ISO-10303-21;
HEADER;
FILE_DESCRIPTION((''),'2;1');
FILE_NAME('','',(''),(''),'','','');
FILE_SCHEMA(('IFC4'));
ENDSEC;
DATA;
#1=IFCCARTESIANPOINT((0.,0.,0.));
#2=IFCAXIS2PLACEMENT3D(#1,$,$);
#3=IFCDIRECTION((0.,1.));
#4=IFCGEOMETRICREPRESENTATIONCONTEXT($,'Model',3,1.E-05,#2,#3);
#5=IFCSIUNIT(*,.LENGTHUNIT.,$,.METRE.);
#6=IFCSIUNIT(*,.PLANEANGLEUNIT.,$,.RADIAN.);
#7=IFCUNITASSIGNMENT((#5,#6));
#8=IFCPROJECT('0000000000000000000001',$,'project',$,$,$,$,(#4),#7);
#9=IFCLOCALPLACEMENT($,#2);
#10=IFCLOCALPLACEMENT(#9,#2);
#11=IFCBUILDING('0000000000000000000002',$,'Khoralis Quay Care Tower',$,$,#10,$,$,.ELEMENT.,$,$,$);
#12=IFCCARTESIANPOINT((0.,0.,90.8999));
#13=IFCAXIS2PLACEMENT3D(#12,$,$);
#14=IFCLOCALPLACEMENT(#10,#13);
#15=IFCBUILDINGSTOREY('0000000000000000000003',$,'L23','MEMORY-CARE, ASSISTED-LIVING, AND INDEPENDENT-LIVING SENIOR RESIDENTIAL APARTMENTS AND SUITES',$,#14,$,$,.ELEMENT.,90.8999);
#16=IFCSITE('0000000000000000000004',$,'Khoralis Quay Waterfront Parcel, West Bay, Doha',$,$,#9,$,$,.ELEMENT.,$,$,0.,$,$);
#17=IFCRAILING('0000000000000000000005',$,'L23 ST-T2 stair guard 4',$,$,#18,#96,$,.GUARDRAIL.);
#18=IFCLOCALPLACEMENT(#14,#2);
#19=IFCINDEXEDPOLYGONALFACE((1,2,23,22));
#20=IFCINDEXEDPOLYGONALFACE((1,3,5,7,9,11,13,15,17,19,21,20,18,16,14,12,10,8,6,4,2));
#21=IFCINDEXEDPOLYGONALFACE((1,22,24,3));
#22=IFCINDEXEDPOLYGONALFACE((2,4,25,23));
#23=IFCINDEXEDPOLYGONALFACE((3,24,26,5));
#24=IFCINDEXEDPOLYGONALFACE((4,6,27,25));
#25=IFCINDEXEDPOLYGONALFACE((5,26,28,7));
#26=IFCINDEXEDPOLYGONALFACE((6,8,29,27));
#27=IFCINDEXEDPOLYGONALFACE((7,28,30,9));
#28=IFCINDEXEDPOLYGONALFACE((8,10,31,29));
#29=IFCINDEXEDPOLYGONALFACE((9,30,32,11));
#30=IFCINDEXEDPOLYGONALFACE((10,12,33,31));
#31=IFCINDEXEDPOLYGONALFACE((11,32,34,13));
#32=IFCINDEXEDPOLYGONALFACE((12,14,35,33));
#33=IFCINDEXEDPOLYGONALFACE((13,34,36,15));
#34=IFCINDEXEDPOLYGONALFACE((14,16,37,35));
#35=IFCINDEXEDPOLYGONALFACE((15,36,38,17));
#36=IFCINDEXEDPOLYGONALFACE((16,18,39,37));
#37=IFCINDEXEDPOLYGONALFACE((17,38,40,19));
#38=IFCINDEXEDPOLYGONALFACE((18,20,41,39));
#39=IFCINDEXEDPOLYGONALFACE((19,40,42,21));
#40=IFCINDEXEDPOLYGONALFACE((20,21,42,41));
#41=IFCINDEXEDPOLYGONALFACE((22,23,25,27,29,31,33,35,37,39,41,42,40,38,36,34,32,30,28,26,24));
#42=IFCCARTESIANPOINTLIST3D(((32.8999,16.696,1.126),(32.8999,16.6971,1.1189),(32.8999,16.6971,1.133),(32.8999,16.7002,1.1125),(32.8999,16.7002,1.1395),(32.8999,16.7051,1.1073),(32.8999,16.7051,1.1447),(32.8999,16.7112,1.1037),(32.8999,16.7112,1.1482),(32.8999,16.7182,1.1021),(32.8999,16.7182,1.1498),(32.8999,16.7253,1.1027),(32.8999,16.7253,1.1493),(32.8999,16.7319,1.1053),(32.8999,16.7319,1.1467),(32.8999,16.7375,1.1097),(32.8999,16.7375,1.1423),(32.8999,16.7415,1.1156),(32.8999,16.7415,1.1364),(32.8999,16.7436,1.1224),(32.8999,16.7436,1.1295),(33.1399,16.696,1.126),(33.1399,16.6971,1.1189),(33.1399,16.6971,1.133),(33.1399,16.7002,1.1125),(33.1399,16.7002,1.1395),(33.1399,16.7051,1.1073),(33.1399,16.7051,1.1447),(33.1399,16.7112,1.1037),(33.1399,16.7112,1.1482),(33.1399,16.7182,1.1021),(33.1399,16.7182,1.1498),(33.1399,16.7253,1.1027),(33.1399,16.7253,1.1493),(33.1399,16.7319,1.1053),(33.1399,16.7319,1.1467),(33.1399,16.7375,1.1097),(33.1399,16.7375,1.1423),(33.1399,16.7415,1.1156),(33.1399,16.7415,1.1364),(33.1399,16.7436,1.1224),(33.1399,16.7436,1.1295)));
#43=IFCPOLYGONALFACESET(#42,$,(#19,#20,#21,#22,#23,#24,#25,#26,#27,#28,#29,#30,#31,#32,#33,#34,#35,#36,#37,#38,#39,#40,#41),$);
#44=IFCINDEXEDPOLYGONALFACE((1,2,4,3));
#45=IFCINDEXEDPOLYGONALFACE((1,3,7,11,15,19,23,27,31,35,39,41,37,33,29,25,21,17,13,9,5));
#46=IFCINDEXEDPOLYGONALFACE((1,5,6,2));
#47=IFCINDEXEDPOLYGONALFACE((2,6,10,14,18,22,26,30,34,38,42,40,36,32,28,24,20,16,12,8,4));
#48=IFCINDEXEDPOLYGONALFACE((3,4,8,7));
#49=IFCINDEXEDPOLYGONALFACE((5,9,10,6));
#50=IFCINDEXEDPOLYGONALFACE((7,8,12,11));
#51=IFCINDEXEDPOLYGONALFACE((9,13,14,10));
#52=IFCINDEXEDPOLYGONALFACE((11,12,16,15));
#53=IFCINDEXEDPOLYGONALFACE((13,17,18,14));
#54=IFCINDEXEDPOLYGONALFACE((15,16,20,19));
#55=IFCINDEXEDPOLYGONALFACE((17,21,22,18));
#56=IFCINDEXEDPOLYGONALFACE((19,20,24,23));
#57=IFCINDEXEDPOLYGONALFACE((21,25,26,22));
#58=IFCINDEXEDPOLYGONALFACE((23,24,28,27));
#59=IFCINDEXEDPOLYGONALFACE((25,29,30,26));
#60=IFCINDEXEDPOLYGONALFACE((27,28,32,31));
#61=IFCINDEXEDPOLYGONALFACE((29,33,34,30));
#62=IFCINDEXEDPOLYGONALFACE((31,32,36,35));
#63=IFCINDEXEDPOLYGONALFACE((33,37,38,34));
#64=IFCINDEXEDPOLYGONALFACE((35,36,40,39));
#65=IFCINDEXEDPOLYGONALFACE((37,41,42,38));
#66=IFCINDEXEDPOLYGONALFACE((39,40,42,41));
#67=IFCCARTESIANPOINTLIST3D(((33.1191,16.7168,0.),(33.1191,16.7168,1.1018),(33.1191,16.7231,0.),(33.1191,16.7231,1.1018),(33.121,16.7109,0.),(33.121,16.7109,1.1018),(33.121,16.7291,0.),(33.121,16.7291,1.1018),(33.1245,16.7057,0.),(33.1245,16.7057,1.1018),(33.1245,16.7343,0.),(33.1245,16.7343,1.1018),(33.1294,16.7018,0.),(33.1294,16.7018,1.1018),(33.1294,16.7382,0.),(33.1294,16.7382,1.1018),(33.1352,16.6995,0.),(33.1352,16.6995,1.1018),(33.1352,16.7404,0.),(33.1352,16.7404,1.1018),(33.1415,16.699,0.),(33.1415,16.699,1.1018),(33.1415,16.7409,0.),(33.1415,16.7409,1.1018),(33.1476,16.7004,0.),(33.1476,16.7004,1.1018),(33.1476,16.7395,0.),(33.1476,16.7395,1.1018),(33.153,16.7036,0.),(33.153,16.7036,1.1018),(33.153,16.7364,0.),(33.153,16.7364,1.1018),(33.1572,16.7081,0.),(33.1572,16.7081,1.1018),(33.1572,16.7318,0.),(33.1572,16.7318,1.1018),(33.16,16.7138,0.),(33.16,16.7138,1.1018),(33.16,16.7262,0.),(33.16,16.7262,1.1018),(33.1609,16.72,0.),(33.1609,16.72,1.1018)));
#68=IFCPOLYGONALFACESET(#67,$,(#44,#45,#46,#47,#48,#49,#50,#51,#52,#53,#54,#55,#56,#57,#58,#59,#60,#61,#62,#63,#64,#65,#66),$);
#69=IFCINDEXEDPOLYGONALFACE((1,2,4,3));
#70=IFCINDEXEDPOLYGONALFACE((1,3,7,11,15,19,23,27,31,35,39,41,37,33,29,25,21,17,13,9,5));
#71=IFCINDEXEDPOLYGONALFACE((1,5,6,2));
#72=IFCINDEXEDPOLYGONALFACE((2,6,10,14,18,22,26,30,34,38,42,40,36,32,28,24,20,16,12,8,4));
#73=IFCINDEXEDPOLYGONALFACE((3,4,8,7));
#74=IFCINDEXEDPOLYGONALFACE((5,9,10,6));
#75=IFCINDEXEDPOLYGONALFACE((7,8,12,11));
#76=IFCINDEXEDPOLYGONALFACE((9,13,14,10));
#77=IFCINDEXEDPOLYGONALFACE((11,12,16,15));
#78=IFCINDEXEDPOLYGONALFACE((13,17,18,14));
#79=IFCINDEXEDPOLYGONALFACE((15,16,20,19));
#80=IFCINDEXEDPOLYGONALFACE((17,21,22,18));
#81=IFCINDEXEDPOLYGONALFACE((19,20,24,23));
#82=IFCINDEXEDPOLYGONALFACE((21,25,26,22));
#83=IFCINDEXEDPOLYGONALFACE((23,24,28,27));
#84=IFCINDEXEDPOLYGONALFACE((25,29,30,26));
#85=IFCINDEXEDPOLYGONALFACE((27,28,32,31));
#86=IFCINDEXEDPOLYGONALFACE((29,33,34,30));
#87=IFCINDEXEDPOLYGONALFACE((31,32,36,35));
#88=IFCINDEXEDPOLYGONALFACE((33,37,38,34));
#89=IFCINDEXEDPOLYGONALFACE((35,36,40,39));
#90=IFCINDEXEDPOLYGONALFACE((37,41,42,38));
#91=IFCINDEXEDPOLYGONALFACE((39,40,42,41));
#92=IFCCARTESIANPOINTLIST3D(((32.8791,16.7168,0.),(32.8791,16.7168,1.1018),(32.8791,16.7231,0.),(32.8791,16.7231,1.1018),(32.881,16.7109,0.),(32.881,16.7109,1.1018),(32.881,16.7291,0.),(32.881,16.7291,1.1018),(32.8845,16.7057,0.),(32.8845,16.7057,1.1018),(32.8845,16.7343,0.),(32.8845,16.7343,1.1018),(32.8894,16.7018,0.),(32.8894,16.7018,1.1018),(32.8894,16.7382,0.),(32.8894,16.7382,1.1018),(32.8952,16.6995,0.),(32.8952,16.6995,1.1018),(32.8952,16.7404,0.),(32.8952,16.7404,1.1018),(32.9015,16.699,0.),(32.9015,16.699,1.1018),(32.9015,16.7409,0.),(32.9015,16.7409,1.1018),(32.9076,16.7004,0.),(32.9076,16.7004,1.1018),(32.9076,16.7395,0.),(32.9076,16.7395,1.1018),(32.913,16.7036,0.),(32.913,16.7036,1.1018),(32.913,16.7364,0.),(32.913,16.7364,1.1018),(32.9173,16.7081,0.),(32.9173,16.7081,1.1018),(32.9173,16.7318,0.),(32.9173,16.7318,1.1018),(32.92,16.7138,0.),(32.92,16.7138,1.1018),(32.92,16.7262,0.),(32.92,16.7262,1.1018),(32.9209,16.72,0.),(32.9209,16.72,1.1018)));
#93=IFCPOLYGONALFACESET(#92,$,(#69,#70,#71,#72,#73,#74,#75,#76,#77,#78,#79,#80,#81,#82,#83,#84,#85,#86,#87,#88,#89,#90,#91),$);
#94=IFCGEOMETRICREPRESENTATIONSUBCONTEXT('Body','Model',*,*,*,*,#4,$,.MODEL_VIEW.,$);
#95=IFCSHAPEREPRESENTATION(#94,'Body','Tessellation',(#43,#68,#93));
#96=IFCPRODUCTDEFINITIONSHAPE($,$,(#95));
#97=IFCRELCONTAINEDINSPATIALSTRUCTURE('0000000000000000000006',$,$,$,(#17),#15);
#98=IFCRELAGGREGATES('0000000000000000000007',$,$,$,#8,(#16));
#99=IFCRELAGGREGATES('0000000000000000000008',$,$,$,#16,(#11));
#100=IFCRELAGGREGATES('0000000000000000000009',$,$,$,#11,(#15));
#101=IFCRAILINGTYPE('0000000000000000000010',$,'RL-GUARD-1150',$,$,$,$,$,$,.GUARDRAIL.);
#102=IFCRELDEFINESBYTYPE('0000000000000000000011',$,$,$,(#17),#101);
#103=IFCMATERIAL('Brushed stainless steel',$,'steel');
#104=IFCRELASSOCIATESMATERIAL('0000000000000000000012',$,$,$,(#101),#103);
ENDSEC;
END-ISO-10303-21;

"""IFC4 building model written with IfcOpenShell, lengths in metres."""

from ifc_helpers import new_model, si_unit, direction, frame, origin, origin_2d, place, context, subcontext, project, spatial, circle, extrude, material, type_object, element, save


model = new_model("IFC4")

# Units and contexts
model_context = context("Model", 3, precision=1e-05, world=origin(), true_north=direction((0.0, 1.0)))
body_context = subcontext(model_context, "Body", "Model", "MODEL_VIEW")
ifc_project = project(units=[si_unit("LENGTHUNIT", "METRE"), si_unit("PLANEANGLEUNIT", "RADIAN")], contexts=[model_context])

# Site, building, storey
site_placement = place(None, origin())
site = spatial("IfcSite", under=ifc_project, at=site_placement, Name="Khoralis Quay Waterfront Parcel, West Bay, Doha", CompositionType="ELEMENT", RefElevation=0.0)
building_placement = place(site_placement, origin())
building = spatial("IfcBuilding", under=site, at=building_placement, Name="Khoralis Quay Care Tower", CompositionType="ELEMENT")
storey_placement = place(building_placement, frame((0.0, 0.0, 90.8999)))
storey = spatial("IfcBuildingStorey", under=building, at=storey_placement, Name="L23", Description="MEMORY-CARE, ASSISTED-LIVING, AND INDEPENDENT-LIVING SENIOR RESIDENTIAL APARTMENTS AND SUITES", CompositionType="ELEMENT", Elevation=90.8999)

# Railing
ifc_material_1 = material(Name="Brushed stainless steel", Category="steel")
railing_type_1 = type_object("IfcRailingType", Name="RL-GUARD-1150", PredefinedType="GUARDRAIL", material=ifc_material_1)
railing_1_placement = place(storey_placement, frame((33.1399, 16.72, 0.0)))
element("IfcRailing", 1, at=railing_1_placement, inside=storey, type_object=railing_type_1, Name="L23 ST-T2 stair guard 4", PredefinedType="GUARDRAIL", context=body_context, shape_type="SweptSolid", body=[
    extrude(circle(Radius=0.0239, at=origin_2d()), frame((0.0, 0.0, 1.126), z_axis=(-1.0, 0.0, 0.0), x_axis=(0.0, -1.0, 0.0)), (0.0, 0.0, 1.0), 0.24),
    extrude(circle(Radius=0.021, at=origin_2d()), origin(), (0.0, 0.0, 1.0), 1.1018),
    extrude(circle(Radius=0.021, at=origin_2d()), frame((-0.24, 0.0, 0.0)), (0.0, 0.0, 1.0), 1.1018),
])

save(model, "model.ifc")
